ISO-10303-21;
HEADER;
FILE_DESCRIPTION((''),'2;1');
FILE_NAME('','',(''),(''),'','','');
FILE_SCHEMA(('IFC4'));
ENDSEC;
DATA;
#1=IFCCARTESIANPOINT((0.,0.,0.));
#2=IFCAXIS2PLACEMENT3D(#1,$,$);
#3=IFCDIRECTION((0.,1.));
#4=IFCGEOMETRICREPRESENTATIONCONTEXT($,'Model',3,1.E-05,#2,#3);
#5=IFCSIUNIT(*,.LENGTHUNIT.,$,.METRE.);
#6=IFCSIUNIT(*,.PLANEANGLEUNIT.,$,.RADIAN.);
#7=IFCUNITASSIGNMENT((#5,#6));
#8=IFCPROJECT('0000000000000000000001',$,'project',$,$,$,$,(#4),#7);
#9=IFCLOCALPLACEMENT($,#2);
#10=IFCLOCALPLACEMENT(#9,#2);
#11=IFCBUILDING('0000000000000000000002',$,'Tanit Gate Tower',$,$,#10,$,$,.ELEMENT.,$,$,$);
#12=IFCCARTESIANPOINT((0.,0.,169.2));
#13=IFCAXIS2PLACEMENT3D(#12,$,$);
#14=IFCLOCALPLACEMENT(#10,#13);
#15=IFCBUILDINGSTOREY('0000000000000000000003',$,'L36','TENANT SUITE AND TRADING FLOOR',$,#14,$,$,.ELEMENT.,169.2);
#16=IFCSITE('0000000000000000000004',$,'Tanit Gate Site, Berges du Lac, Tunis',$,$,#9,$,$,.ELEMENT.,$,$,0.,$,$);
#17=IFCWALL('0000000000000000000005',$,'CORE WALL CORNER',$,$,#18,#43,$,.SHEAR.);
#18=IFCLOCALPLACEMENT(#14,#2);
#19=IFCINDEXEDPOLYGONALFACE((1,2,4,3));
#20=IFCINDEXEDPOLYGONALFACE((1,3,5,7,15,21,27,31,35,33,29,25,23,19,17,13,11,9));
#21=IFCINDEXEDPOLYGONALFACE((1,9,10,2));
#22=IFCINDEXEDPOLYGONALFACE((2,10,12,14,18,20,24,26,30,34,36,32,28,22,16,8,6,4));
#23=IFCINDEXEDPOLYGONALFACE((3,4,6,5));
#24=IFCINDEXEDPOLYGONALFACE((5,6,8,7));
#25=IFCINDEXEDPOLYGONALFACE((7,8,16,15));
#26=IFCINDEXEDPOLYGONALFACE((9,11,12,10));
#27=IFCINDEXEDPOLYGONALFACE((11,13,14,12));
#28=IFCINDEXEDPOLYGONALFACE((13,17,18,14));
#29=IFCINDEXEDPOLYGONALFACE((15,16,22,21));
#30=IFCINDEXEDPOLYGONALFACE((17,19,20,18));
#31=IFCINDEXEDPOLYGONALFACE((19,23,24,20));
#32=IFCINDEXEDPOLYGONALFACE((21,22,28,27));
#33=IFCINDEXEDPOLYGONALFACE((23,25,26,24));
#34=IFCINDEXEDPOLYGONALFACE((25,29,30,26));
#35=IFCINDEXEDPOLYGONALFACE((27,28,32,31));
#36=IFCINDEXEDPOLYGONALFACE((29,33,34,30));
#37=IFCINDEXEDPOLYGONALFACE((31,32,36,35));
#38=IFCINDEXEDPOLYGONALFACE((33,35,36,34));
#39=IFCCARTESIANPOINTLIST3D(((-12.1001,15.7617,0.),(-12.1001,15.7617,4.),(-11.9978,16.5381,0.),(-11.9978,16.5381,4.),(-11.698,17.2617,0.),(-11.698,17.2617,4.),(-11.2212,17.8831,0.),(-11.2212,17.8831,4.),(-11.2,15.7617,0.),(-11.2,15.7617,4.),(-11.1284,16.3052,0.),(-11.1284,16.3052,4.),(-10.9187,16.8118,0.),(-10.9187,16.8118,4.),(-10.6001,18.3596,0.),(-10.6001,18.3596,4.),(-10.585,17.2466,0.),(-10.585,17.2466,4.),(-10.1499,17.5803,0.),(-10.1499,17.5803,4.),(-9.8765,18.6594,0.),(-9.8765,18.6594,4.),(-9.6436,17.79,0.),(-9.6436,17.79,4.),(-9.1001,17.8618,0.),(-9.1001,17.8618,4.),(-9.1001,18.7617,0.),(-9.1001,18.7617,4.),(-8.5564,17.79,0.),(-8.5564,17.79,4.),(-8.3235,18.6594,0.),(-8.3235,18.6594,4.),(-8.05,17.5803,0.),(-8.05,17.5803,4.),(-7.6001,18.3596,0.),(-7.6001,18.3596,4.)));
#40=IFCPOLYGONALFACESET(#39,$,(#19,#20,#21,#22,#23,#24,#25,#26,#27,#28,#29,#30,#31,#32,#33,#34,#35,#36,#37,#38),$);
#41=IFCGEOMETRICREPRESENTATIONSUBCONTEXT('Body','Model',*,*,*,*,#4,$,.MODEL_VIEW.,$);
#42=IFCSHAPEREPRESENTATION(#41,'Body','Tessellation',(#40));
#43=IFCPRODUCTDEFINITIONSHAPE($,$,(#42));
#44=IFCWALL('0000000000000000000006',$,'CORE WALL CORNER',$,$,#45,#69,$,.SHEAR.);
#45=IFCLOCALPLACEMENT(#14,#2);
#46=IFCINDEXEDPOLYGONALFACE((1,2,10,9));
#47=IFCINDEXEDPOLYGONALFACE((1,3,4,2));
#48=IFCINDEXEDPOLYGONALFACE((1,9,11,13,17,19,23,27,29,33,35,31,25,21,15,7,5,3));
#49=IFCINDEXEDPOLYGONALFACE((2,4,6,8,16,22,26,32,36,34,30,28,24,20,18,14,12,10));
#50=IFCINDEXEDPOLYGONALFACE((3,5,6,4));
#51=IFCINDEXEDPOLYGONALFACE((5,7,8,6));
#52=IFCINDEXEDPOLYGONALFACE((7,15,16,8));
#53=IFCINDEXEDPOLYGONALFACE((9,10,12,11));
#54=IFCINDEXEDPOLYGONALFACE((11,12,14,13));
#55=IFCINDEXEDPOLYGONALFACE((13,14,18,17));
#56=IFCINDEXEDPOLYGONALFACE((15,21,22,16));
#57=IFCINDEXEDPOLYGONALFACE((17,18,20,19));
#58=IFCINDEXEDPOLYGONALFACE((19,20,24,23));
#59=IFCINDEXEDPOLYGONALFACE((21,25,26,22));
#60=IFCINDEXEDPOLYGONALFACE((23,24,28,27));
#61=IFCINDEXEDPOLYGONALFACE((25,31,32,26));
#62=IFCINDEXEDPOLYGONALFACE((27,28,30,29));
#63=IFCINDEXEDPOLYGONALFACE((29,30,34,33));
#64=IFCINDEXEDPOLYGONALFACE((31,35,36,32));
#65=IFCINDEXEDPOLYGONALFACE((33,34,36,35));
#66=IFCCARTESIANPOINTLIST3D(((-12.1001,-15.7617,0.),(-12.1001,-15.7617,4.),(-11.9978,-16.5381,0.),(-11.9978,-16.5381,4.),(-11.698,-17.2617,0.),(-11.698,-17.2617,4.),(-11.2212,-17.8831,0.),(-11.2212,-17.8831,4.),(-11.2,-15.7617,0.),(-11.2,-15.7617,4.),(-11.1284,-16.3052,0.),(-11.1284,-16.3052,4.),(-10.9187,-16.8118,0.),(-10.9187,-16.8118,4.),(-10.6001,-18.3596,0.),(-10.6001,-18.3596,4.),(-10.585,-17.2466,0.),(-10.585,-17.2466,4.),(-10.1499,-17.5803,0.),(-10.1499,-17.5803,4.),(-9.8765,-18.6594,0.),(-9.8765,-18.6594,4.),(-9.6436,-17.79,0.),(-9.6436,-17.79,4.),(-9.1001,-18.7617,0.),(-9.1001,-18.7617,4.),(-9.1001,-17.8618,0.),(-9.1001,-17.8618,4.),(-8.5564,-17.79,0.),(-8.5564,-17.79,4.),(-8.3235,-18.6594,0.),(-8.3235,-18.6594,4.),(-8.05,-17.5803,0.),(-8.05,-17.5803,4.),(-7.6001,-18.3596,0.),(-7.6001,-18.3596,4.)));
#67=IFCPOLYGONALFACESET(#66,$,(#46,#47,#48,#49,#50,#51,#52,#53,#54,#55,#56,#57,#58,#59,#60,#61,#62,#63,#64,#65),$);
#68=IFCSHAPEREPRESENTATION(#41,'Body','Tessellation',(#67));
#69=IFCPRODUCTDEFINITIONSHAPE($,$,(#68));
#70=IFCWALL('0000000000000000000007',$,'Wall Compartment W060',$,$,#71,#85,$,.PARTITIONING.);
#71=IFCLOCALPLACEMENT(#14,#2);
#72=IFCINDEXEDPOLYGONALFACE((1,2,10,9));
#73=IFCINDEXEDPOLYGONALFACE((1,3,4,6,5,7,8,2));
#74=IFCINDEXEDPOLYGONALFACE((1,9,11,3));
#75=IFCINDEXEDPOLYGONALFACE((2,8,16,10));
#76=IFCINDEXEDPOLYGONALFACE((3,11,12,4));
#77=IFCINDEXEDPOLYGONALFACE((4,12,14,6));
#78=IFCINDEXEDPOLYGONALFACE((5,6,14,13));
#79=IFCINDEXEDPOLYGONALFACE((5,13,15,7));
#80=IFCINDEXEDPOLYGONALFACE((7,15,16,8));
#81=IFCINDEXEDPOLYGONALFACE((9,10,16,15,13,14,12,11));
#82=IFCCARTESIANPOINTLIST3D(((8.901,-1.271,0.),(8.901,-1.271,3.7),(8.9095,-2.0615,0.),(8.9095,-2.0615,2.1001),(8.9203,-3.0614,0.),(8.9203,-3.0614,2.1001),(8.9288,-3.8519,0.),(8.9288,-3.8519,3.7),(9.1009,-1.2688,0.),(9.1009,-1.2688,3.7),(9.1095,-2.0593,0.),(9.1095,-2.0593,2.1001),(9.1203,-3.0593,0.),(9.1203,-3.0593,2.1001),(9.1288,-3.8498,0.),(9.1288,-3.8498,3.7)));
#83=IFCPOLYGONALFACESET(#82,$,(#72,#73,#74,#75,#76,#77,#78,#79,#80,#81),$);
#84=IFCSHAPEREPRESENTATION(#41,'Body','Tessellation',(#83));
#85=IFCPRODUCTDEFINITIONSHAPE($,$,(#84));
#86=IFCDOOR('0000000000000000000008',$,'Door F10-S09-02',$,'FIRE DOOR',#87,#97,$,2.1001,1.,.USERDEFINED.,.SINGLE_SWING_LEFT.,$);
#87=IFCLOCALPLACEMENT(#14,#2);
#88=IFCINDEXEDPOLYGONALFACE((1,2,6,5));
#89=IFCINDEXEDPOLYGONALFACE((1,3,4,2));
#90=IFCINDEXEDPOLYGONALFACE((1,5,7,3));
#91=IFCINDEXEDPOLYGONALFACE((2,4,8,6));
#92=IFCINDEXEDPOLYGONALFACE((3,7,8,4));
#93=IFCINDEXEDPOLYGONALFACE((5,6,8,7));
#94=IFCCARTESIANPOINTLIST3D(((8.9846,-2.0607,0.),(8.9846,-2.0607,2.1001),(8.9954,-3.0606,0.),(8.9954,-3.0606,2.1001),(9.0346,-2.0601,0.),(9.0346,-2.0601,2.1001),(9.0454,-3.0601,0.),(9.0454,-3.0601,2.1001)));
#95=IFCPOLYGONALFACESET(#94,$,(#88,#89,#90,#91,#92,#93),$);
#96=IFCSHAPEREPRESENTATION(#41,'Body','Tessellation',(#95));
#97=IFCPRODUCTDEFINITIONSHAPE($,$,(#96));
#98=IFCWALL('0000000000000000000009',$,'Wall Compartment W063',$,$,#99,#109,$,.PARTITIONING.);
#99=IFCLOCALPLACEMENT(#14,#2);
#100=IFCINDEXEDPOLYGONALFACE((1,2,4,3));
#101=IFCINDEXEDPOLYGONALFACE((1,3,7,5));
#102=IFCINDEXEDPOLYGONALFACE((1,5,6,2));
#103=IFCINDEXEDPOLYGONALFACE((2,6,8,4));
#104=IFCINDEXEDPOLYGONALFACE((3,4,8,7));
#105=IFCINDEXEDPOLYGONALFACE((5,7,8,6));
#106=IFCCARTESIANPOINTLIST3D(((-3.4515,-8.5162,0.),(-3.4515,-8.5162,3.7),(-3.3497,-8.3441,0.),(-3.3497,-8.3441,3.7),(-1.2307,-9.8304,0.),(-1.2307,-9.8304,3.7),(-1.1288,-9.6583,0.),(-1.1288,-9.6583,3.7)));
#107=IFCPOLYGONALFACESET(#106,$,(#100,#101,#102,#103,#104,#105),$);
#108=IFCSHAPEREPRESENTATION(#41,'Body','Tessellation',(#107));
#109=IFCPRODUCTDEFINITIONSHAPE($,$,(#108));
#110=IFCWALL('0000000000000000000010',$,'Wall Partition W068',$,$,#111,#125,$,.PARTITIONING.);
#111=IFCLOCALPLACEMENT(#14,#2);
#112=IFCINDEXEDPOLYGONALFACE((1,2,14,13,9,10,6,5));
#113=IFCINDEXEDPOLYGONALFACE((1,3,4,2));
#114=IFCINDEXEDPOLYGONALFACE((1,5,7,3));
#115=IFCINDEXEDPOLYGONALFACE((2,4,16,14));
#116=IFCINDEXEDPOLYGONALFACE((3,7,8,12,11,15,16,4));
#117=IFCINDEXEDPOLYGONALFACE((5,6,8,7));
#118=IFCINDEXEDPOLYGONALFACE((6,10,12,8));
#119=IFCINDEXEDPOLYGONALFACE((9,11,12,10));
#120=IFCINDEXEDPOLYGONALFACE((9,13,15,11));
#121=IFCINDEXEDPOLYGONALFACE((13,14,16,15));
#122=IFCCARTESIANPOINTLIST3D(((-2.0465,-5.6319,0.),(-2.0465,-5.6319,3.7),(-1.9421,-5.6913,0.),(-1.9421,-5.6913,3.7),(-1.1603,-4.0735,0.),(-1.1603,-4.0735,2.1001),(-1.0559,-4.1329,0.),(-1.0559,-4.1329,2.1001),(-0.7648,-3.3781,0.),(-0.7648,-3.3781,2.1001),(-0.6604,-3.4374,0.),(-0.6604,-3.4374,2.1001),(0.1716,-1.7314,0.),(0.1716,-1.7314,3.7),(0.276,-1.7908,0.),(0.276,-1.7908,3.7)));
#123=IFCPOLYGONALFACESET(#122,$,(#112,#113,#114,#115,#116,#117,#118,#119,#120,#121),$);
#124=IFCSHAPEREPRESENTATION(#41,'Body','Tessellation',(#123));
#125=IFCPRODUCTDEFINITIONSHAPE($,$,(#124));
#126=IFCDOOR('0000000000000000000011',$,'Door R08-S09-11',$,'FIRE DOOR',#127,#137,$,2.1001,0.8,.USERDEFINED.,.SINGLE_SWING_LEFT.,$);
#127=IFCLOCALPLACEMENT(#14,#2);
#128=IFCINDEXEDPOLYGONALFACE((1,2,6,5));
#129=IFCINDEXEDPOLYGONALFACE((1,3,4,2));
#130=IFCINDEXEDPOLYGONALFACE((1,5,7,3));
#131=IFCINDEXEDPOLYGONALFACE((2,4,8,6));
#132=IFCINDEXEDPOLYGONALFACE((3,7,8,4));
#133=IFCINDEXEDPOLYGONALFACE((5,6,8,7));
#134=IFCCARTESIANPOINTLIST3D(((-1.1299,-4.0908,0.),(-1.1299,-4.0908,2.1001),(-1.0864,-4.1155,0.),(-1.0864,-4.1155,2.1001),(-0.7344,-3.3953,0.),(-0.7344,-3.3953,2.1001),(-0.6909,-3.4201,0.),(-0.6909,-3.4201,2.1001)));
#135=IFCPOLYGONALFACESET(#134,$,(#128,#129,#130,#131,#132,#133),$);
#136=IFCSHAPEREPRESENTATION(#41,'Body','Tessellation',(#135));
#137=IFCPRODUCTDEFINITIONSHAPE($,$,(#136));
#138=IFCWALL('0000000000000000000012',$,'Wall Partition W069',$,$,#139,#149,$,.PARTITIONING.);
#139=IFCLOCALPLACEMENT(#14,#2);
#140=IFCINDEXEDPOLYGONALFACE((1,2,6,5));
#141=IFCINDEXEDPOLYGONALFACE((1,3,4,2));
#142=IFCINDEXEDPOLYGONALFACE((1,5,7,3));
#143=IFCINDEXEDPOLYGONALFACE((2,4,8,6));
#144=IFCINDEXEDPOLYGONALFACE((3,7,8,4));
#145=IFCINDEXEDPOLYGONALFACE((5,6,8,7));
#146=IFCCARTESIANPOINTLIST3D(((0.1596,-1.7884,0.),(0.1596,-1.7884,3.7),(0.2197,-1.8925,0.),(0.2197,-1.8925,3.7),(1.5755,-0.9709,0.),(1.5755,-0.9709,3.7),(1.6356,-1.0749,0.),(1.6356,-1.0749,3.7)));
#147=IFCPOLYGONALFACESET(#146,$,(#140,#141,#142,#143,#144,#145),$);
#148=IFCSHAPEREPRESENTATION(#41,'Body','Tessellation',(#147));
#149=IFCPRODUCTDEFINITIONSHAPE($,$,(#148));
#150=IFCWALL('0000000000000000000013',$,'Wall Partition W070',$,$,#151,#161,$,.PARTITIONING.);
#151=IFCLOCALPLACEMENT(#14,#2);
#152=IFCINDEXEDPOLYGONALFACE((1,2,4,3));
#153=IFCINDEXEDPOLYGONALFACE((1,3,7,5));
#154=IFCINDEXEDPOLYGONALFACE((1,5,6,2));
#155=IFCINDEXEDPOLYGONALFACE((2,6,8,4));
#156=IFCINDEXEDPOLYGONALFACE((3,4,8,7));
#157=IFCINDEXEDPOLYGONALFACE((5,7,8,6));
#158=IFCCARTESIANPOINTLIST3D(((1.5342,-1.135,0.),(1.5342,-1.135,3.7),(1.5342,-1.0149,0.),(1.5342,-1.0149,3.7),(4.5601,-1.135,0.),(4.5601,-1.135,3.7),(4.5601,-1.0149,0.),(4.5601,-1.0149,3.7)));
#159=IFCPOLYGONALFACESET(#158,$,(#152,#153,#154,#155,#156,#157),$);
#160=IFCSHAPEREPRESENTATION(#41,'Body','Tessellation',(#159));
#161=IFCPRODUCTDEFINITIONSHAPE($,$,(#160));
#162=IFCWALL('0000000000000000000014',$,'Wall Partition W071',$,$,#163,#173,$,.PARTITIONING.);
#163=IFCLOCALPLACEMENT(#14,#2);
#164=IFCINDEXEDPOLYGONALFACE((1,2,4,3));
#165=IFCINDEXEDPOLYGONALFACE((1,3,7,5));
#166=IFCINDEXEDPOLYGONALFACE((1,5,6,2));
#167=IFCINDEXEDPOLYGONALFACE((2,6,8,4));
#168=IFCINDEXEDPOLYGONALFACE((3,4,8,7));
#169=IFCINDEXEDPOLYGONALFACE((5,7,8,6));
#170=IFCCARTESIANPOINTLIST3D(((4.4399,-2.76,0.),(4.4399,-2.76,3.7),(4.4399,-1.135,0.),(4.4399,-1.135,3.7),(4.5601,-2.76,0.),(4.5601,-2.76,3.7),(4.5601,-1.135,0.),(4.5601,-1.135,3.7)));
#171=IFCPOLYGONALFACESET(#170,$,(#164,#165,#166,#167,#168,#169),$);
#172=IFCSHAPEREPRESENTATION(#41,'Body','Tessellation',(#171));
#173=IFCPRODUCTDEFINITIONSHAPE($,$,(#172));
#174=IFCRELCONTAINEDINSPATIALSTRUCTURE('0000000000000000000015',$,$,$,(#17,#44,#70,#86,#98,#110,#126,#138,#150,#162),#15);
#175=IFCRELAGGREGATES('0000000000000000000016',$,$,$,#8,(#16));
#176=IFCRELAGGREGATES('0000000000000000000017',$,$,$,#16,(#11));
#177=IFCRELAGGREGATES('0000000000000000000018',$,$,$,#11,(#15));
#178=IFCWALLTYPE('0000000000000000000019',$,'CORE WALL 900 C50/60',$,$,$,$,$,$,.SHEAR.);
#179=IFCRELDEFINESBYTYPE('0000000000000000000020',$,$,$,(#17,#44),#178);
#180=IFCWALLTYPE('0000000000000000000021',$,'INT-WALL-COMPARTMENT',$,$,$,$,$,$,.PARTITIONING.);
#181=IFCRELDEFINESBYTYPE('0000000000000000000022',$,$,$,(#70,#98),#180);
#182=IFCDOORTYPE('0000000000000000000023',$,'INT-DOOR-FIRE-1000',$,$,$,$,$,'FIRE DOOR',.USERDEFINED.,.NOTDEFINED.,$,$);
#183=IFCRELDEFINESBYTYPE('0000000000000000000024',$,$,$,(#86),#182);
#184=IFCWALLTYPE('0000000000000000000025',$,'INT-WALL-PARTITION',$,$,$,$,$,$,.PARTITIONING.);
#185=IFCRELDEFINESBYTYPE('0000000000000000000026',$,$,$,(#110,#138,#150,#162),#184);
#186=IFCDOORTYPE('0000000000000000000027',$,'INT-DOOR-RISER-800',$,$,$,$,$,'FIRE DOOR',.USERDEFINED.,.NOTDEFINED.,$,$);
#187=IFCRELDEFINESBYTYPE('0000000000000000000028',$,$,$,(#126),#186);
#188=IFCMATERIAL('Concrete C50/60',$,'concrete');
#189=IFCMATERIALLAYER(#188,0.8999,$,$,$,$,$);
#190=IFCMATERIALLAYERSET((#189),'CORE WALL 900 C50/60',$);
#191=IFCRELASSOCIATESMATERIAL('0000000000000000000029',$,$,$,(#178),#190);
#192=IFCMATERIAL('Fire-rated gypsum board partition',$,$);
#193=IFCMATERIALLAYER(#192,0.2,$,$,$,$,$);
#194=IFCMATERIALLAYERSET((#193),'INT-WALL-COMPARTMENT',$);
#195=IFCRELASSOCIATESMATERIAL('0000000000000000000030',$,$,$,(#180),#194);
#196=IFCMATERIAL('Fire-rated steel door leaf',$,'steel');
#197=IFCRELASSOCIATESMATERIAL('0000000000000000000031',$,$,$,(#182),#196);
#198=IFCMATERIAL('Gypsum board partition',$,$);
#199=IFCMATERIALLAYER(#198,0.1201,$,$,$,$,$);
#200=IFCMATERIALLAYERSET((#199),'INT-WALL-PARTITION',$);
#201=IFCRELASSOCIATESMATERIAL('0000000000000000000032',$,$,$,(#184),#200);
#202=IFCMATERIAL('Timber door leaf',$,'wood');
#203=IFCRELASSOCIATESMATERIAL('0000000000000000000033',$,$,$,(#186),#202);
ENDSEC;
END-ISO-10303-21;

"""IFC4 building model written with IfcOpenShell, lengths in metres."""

from ifc_helpers import new_model, si_unit, direction, frame, frame_2d, origin, place, context, subcontext, project, spatial, polyline, rectangle, outline, extrude, material, layer, layer_set, type_object, element, fill, save


model = new_model("IFC4")

# Units and contexts
model_context = context("Model", 3, precision=1e-05, world=origin(), true_north=direction((0.0, 1.0)))
body_context = subcontext(model_context, "Body", "Model", "MODEL_VIEW")
ifc_project = project(units=[si_unit("LENGTHUNIT", "METRE"), si_unit("PLANEANGLEUNIT", "RADIAN")], contexts=[model_context])

# Site, building, storey
site_placement = place(None, origin())
site = spatial("IfcSite", under=ifc_project, at=site_placement, Name="Tanit Gate Site, Berges du Lac, Tunis", CompositionType="ELEMENT", RefElevation=0.0)
building_placement = place(site_placement, origin())
building = spatial("IfcBuilding", under=site, at=building_placement, Name="Tanit Gate Tower", CompositionType="ELEMENT")
storey_placement = place(building_placement, frame((0.0, 0.0, 169.2)))
storey = spatial("IfcBuildingStorey", under=building, at=storey_placement, Name="L36", Description="TENANT SUITE AND TRADING FLOOR", CompositionType="ELEMENT", Elevation=169.2)

# Walls
ifc_material_1 = material(Name="Concrete C50/60", Category="concrete")
ifc_layer_1 = layer(ifc_material_1, 0.8999)
ifc_layer_set_1 = layer_set([ifc_layer_1], Name="CORE WALL 900 C50/60")
wall_type_1 = type_object("IfcWallType", Name="CORE WALL 900 C50/60", PredefinedType="SHEAR", material=ifc_layer_set_1)
wall_1_placement = place(storey_placement, origin())
element("IfcWall", 1, at=wall_1_placement, inside=storey, type_object=wall_type_1, Name="CORE WALL CORNER", PredefinedType="SHEAR", context=body_context, shape_type="SweptSolid", body=[
    extrude(outline(polyline([(-7.6001, 18.3596), (-8.3235, 18.6594), (-9.1001, 18.7617), (-9.8765, 18.6594), (-10.6001, 18.3596), (-11.2212, 17.8831), (-11.698, 17.2617), (-11.9978, 16.5381), (-12.1001, 15.7617), (-11.2, 15.7617), (-11.1284, 16.3052), (-10.9187, 16.8118), (-10.585, 17.2466), (-10.1499, 17.5803), (-9.6436, 17.79), (-9.1001, 17.8618), (-8.5564, 17.79), (-8.05, 17.5803), (-7.6001, 18.3596)])), origin(), (0.0, 0.0, 1.0), 4.0),
])
wall_2_placement = place(storey_placement, origin())
element("IfcWall", 2, at=wall_2_placement, inside=storey, type_object=wall_type_1, Name="CORE WALL CORNER", PredefinedType="SHEAR", context=body_context, shape_type="SweptSolid", body=[
    extrude(outline(polyline([(-12.1001, -15.7617), (-11.9978, -16.5381), (-11.698, -17.2617), (-11.2212, -17.8831), (-10.6001, -18.3596), (-9.8765, -18.6594), (-9.1001, -18.7617), (-8.3235, -18.6594), (-7.6001, -18.3596), (-8.05, -17.5803), (-8.5564, -17.79), (-9.1001, -17.8618), (-9.6436, -17.79), (-10.1499, -17.5803), (-10.585, -17.2466), (-10.9187, -16.8118), (-11.1284, -16.3052), (-11.2, -15.7617), (-12.1001, -15.7617)])), origin(), (0.0, 0.0, 1.0), 4.0),
])

# Wall, opening, door
ifc_material_2 = material(Name="Fire-rated gypsum board partition")
ifc_layer_2 = layer(ifc_material_2, 0.2)
ifc_layer_set_2 = layer_set([ifc_layer_2], Name="INT-WALL-COMPARTMENT")
wall_type_2 = type_object("IfcWallType", Name="INT-WALL-COMPARTMENT", PredefinedType="PARTITIONING", material=ifc_layer_set_2)
wall_3_placement = place(storey_placement, frame((9.0288, -3.8508, 0.0), z_axis=(0.0, 0.0, 1.0), x_axis=(-0.010784, 0.999942, 0.0)))
wall_3 = element("IfcWall", 3, at=wall_3_placement, inside=storey, type_object=wall_type_2, Name="Wall Compartment W060", PredefinedType="PARTITIONING", context=body_context, shape_type="SweptSolid", body=[
    extrude(rectangle(XDim=2.5811, YDim=0.2, at=frame_2d((1.2905, 0.0))), origin(), (0.0, 0.0, 1.0), 3.7),
])
opening_1_placement = place(wall_3_placement, frame((0.7905, 0.0, 0.0)))
opening_1 = element("IfcOpeningElement", 4, at=opening_1_placement, cuts=wall_3, PredefinedType="OPENING", context=body_context, shape_type="SweptSolid", body=[
    extrude(rectangle(XDim=1.0, YDim=2.1001, at=frame_2d((0.5, 1.05))), frame((0.0, 0.1099, 0.0), z_axis=(0.0, -1.0, 0.0), x_axis=(1.0, 0.0, 0.0)), (0.0, 0.0, 1.0), 0.22),
])
ifc_material_3 = material(Name="Fire-rated steel door leaf", Category="steel")
door_type_1 = type_object("IfcDoorType", Name="INT-DOOR-FIRE-1000", ElementType="FIRE DOOR", OperationType="NOTDEFINED", PredefinedType="USERDEFINED", material=ifc_material_3)
door_1_placement = place(opening_1_placement, origin())
door_1 = element("IfcDoor", 5, at=door_1_placement, inside=storey, type_object=door_type_1, Name="Door F10-S09-02", ObjectType="FIRE DOOR", OperationType="SINGLE_SWING_LEFT", OverallHeight=2.1001, OverallWidth=1.0, PredefinedType="USERDEFINED", context=body_context, shape_type="SweptSolid", body=[
    extrude(rectangle(XDim=1.0, YDim=2.1001, at=frame_2d((0.5, 1.05))), frame((0.0, 0.0249, 0.0), z_axis=(0.0, -1.0, 0.0), x_axis=(1.0, 0.0, 0.0)), (0.0, 0.0, 1.0), 0.05),
])
fill(opening_1, door_1)

# Wall
wall_4_placement = place(storey_placement, frame((-3.4006, -8.4302, 0.0), z_axis=(0.0, 0.0, 1.0), x_axis=(0.860616, -0.509255, 0.0)))
element("IfcWall", 6, at=wall_4_placement, inside=storey, type_object=wall_type_2, Name="Wall Compartment W063", PredefinedType="PARTITIONING", context=body_context, shape_type="SweptSolid", body=[
    extrude(rectangle(XDim=2.5806, YDim=0.2, at=frame_2d((1.2903, 0.0))), origin(), (0.0, 0.0, 1.0), 3.7),
])

# Wall, opening, door
ifc_material_4 = material(Name="Gypsum board partition")
ifc_layer_3 = layer(ifc_material_4, 0.1201)
ifc_layer_set_3 = layer_set([ifc_layer_3], Name="INT-WALL-PARTITION")
wall_type_3 = type_object("IfcWallType", Name="INT-WALL-PARTITION", PredefinedType="PARTITIONING", material=ifc_layer_set_3)
wall_5_placement = place(storey_placement, frame((0.2239, -1.761, 0.0), z_axis=(0.0, 0.0, 1.0), x_axis=(-0.494327, -0.869276, 0.0)))
wall_5 = element("IfcWall", 7, at=wall_5_placement, inside=storey, type_object=wall_type_3, Name="Wall Partition W068", PredefinedType="PARTITIONING", context=body_context, shape_type="SweptSolid", body=[
    extrude(rectangle(XDim=4.4871, YDim=0.1201, at=frame_2d((2.2437, 0.0))), origin(), (0.0, 0.0, 1.0), 3.7),
])
opening_2_placement = place(wall_5_placement, frame((1.8945, 0.0, 0.0)))
opening_2 = element("IfcOpeningElement", 8, at=opening_2_placement, cuts=wall_5, PredefinedType="OPENING", context=body_context, shape_type="SweptSolid", body=[
    extrude(rectangle(XDim=0.8, YDim=2.1001, at=frame_2d((0.3999, 1.05))), frame((0.0, 0.0701, 0.0), z_axis=(0.0, -1.0, 0.0), x_axis=(1.0, 0.0, 0.0)), (0.0, 0.0, 1.0), 0.1401),
])
ifc_material_5 = material(Name="Timber door leaf", Category="wood")
door_type_2 = type_object("IfcDoorType", Name="INT-DOOR-RISER-800", ElementType="FIRE DOOR", OperationType="NOTDEFINED", PredefinedType="USERDEFINED", material=ifc_material_5)
door_2_placement = place(opening_2_placement, origin())
door_2 = element("IfcDoor", 9, at=door_2_placement, inside=storey, type_object=door_type_2, Name="Door R08-S09-11", ObjectType="FIRE DOOR", OperationType="SINGLE_SWING_LEFT", OverallHeight=2.1001, OverallWidth=0.8, PredefinedType="USERDEFINED", context=body_context, shape_type="SweptSolid", body=[
    extrude(rectangle(XDim=0.8, YDim=2.1001, at=frame_2d((0.3999, 1.05))), frame((0.0, 0.0249, 0.0), z_axis=(0.0, -1.0, 0.0), x_axis=(1.0, 0.0, 0.0)), (0.0, 0.0, 1.0), 0.05),
])
fill(opening_2, door_2)

# Walls
wall_6_placement = place(storey_placement, frame((1.6055, -1.0229, 0.0), z_axis=(0.0, 0.0, 1.0), x_axis=(-0.866002, -0.500041, 0.0)))
element("IfcWall", 10, at=wall_6_placement, inside=storey, type_object=wall_type_3, Name="Wall Partition W069", PredefinedType="PARTITIONING", context=body_context, shape_type="SweptSolid", body=[
    extrude(rectangle(XDim=1.635, YDim=0.1201, at=frame_2d((0.8174, 0.0))), origin(), (0.0, 0.0, 1.0), 3.7),
])
wall_7_placement = place(storey_placement, frame((4.5601, -1.075, 0.0), z_axis=(0.0, 0.0, 1.0), x_axis=(-1.0, 0.0, 0.0)))
element("IfcWall", 11, at=wall_7_placement, inside=storey, type_object=wall_type_3, Name="Wall Partition W070", PredefinedType="PARTITIONING", context=body_context, shape_type="SweptSolid", body=[
    extrude(rectangle(XDim=3.0259, YDim=0.1201, at=frame_2d((1.5129, 0.0))), origin(), (0.0, 0.0, 1.0), 3.7),
])
wall_8_placement = place(storey_placement, frame((4.5, -2.76, 0.0), z_axis=(0.0, 0.0, 1.0), x_axis=(0.0, 1.0, 0.0)))
element("IfcWall", 12, at=wall_8_placement, inside=storey, type_object=wall_type_3, Name="Wall Partition W071", PredefinedType="PARTITIONING", context=body_context, shape_type="SweptSolid", body=[
    extrude(rectangle(XDim=1.625, YDim=0.1201, at=frame_2d((0.8125, 0.0))), origin(), (0.0, 0.0, 1.0), 3.7),
])

save(model, "model.ifc")
